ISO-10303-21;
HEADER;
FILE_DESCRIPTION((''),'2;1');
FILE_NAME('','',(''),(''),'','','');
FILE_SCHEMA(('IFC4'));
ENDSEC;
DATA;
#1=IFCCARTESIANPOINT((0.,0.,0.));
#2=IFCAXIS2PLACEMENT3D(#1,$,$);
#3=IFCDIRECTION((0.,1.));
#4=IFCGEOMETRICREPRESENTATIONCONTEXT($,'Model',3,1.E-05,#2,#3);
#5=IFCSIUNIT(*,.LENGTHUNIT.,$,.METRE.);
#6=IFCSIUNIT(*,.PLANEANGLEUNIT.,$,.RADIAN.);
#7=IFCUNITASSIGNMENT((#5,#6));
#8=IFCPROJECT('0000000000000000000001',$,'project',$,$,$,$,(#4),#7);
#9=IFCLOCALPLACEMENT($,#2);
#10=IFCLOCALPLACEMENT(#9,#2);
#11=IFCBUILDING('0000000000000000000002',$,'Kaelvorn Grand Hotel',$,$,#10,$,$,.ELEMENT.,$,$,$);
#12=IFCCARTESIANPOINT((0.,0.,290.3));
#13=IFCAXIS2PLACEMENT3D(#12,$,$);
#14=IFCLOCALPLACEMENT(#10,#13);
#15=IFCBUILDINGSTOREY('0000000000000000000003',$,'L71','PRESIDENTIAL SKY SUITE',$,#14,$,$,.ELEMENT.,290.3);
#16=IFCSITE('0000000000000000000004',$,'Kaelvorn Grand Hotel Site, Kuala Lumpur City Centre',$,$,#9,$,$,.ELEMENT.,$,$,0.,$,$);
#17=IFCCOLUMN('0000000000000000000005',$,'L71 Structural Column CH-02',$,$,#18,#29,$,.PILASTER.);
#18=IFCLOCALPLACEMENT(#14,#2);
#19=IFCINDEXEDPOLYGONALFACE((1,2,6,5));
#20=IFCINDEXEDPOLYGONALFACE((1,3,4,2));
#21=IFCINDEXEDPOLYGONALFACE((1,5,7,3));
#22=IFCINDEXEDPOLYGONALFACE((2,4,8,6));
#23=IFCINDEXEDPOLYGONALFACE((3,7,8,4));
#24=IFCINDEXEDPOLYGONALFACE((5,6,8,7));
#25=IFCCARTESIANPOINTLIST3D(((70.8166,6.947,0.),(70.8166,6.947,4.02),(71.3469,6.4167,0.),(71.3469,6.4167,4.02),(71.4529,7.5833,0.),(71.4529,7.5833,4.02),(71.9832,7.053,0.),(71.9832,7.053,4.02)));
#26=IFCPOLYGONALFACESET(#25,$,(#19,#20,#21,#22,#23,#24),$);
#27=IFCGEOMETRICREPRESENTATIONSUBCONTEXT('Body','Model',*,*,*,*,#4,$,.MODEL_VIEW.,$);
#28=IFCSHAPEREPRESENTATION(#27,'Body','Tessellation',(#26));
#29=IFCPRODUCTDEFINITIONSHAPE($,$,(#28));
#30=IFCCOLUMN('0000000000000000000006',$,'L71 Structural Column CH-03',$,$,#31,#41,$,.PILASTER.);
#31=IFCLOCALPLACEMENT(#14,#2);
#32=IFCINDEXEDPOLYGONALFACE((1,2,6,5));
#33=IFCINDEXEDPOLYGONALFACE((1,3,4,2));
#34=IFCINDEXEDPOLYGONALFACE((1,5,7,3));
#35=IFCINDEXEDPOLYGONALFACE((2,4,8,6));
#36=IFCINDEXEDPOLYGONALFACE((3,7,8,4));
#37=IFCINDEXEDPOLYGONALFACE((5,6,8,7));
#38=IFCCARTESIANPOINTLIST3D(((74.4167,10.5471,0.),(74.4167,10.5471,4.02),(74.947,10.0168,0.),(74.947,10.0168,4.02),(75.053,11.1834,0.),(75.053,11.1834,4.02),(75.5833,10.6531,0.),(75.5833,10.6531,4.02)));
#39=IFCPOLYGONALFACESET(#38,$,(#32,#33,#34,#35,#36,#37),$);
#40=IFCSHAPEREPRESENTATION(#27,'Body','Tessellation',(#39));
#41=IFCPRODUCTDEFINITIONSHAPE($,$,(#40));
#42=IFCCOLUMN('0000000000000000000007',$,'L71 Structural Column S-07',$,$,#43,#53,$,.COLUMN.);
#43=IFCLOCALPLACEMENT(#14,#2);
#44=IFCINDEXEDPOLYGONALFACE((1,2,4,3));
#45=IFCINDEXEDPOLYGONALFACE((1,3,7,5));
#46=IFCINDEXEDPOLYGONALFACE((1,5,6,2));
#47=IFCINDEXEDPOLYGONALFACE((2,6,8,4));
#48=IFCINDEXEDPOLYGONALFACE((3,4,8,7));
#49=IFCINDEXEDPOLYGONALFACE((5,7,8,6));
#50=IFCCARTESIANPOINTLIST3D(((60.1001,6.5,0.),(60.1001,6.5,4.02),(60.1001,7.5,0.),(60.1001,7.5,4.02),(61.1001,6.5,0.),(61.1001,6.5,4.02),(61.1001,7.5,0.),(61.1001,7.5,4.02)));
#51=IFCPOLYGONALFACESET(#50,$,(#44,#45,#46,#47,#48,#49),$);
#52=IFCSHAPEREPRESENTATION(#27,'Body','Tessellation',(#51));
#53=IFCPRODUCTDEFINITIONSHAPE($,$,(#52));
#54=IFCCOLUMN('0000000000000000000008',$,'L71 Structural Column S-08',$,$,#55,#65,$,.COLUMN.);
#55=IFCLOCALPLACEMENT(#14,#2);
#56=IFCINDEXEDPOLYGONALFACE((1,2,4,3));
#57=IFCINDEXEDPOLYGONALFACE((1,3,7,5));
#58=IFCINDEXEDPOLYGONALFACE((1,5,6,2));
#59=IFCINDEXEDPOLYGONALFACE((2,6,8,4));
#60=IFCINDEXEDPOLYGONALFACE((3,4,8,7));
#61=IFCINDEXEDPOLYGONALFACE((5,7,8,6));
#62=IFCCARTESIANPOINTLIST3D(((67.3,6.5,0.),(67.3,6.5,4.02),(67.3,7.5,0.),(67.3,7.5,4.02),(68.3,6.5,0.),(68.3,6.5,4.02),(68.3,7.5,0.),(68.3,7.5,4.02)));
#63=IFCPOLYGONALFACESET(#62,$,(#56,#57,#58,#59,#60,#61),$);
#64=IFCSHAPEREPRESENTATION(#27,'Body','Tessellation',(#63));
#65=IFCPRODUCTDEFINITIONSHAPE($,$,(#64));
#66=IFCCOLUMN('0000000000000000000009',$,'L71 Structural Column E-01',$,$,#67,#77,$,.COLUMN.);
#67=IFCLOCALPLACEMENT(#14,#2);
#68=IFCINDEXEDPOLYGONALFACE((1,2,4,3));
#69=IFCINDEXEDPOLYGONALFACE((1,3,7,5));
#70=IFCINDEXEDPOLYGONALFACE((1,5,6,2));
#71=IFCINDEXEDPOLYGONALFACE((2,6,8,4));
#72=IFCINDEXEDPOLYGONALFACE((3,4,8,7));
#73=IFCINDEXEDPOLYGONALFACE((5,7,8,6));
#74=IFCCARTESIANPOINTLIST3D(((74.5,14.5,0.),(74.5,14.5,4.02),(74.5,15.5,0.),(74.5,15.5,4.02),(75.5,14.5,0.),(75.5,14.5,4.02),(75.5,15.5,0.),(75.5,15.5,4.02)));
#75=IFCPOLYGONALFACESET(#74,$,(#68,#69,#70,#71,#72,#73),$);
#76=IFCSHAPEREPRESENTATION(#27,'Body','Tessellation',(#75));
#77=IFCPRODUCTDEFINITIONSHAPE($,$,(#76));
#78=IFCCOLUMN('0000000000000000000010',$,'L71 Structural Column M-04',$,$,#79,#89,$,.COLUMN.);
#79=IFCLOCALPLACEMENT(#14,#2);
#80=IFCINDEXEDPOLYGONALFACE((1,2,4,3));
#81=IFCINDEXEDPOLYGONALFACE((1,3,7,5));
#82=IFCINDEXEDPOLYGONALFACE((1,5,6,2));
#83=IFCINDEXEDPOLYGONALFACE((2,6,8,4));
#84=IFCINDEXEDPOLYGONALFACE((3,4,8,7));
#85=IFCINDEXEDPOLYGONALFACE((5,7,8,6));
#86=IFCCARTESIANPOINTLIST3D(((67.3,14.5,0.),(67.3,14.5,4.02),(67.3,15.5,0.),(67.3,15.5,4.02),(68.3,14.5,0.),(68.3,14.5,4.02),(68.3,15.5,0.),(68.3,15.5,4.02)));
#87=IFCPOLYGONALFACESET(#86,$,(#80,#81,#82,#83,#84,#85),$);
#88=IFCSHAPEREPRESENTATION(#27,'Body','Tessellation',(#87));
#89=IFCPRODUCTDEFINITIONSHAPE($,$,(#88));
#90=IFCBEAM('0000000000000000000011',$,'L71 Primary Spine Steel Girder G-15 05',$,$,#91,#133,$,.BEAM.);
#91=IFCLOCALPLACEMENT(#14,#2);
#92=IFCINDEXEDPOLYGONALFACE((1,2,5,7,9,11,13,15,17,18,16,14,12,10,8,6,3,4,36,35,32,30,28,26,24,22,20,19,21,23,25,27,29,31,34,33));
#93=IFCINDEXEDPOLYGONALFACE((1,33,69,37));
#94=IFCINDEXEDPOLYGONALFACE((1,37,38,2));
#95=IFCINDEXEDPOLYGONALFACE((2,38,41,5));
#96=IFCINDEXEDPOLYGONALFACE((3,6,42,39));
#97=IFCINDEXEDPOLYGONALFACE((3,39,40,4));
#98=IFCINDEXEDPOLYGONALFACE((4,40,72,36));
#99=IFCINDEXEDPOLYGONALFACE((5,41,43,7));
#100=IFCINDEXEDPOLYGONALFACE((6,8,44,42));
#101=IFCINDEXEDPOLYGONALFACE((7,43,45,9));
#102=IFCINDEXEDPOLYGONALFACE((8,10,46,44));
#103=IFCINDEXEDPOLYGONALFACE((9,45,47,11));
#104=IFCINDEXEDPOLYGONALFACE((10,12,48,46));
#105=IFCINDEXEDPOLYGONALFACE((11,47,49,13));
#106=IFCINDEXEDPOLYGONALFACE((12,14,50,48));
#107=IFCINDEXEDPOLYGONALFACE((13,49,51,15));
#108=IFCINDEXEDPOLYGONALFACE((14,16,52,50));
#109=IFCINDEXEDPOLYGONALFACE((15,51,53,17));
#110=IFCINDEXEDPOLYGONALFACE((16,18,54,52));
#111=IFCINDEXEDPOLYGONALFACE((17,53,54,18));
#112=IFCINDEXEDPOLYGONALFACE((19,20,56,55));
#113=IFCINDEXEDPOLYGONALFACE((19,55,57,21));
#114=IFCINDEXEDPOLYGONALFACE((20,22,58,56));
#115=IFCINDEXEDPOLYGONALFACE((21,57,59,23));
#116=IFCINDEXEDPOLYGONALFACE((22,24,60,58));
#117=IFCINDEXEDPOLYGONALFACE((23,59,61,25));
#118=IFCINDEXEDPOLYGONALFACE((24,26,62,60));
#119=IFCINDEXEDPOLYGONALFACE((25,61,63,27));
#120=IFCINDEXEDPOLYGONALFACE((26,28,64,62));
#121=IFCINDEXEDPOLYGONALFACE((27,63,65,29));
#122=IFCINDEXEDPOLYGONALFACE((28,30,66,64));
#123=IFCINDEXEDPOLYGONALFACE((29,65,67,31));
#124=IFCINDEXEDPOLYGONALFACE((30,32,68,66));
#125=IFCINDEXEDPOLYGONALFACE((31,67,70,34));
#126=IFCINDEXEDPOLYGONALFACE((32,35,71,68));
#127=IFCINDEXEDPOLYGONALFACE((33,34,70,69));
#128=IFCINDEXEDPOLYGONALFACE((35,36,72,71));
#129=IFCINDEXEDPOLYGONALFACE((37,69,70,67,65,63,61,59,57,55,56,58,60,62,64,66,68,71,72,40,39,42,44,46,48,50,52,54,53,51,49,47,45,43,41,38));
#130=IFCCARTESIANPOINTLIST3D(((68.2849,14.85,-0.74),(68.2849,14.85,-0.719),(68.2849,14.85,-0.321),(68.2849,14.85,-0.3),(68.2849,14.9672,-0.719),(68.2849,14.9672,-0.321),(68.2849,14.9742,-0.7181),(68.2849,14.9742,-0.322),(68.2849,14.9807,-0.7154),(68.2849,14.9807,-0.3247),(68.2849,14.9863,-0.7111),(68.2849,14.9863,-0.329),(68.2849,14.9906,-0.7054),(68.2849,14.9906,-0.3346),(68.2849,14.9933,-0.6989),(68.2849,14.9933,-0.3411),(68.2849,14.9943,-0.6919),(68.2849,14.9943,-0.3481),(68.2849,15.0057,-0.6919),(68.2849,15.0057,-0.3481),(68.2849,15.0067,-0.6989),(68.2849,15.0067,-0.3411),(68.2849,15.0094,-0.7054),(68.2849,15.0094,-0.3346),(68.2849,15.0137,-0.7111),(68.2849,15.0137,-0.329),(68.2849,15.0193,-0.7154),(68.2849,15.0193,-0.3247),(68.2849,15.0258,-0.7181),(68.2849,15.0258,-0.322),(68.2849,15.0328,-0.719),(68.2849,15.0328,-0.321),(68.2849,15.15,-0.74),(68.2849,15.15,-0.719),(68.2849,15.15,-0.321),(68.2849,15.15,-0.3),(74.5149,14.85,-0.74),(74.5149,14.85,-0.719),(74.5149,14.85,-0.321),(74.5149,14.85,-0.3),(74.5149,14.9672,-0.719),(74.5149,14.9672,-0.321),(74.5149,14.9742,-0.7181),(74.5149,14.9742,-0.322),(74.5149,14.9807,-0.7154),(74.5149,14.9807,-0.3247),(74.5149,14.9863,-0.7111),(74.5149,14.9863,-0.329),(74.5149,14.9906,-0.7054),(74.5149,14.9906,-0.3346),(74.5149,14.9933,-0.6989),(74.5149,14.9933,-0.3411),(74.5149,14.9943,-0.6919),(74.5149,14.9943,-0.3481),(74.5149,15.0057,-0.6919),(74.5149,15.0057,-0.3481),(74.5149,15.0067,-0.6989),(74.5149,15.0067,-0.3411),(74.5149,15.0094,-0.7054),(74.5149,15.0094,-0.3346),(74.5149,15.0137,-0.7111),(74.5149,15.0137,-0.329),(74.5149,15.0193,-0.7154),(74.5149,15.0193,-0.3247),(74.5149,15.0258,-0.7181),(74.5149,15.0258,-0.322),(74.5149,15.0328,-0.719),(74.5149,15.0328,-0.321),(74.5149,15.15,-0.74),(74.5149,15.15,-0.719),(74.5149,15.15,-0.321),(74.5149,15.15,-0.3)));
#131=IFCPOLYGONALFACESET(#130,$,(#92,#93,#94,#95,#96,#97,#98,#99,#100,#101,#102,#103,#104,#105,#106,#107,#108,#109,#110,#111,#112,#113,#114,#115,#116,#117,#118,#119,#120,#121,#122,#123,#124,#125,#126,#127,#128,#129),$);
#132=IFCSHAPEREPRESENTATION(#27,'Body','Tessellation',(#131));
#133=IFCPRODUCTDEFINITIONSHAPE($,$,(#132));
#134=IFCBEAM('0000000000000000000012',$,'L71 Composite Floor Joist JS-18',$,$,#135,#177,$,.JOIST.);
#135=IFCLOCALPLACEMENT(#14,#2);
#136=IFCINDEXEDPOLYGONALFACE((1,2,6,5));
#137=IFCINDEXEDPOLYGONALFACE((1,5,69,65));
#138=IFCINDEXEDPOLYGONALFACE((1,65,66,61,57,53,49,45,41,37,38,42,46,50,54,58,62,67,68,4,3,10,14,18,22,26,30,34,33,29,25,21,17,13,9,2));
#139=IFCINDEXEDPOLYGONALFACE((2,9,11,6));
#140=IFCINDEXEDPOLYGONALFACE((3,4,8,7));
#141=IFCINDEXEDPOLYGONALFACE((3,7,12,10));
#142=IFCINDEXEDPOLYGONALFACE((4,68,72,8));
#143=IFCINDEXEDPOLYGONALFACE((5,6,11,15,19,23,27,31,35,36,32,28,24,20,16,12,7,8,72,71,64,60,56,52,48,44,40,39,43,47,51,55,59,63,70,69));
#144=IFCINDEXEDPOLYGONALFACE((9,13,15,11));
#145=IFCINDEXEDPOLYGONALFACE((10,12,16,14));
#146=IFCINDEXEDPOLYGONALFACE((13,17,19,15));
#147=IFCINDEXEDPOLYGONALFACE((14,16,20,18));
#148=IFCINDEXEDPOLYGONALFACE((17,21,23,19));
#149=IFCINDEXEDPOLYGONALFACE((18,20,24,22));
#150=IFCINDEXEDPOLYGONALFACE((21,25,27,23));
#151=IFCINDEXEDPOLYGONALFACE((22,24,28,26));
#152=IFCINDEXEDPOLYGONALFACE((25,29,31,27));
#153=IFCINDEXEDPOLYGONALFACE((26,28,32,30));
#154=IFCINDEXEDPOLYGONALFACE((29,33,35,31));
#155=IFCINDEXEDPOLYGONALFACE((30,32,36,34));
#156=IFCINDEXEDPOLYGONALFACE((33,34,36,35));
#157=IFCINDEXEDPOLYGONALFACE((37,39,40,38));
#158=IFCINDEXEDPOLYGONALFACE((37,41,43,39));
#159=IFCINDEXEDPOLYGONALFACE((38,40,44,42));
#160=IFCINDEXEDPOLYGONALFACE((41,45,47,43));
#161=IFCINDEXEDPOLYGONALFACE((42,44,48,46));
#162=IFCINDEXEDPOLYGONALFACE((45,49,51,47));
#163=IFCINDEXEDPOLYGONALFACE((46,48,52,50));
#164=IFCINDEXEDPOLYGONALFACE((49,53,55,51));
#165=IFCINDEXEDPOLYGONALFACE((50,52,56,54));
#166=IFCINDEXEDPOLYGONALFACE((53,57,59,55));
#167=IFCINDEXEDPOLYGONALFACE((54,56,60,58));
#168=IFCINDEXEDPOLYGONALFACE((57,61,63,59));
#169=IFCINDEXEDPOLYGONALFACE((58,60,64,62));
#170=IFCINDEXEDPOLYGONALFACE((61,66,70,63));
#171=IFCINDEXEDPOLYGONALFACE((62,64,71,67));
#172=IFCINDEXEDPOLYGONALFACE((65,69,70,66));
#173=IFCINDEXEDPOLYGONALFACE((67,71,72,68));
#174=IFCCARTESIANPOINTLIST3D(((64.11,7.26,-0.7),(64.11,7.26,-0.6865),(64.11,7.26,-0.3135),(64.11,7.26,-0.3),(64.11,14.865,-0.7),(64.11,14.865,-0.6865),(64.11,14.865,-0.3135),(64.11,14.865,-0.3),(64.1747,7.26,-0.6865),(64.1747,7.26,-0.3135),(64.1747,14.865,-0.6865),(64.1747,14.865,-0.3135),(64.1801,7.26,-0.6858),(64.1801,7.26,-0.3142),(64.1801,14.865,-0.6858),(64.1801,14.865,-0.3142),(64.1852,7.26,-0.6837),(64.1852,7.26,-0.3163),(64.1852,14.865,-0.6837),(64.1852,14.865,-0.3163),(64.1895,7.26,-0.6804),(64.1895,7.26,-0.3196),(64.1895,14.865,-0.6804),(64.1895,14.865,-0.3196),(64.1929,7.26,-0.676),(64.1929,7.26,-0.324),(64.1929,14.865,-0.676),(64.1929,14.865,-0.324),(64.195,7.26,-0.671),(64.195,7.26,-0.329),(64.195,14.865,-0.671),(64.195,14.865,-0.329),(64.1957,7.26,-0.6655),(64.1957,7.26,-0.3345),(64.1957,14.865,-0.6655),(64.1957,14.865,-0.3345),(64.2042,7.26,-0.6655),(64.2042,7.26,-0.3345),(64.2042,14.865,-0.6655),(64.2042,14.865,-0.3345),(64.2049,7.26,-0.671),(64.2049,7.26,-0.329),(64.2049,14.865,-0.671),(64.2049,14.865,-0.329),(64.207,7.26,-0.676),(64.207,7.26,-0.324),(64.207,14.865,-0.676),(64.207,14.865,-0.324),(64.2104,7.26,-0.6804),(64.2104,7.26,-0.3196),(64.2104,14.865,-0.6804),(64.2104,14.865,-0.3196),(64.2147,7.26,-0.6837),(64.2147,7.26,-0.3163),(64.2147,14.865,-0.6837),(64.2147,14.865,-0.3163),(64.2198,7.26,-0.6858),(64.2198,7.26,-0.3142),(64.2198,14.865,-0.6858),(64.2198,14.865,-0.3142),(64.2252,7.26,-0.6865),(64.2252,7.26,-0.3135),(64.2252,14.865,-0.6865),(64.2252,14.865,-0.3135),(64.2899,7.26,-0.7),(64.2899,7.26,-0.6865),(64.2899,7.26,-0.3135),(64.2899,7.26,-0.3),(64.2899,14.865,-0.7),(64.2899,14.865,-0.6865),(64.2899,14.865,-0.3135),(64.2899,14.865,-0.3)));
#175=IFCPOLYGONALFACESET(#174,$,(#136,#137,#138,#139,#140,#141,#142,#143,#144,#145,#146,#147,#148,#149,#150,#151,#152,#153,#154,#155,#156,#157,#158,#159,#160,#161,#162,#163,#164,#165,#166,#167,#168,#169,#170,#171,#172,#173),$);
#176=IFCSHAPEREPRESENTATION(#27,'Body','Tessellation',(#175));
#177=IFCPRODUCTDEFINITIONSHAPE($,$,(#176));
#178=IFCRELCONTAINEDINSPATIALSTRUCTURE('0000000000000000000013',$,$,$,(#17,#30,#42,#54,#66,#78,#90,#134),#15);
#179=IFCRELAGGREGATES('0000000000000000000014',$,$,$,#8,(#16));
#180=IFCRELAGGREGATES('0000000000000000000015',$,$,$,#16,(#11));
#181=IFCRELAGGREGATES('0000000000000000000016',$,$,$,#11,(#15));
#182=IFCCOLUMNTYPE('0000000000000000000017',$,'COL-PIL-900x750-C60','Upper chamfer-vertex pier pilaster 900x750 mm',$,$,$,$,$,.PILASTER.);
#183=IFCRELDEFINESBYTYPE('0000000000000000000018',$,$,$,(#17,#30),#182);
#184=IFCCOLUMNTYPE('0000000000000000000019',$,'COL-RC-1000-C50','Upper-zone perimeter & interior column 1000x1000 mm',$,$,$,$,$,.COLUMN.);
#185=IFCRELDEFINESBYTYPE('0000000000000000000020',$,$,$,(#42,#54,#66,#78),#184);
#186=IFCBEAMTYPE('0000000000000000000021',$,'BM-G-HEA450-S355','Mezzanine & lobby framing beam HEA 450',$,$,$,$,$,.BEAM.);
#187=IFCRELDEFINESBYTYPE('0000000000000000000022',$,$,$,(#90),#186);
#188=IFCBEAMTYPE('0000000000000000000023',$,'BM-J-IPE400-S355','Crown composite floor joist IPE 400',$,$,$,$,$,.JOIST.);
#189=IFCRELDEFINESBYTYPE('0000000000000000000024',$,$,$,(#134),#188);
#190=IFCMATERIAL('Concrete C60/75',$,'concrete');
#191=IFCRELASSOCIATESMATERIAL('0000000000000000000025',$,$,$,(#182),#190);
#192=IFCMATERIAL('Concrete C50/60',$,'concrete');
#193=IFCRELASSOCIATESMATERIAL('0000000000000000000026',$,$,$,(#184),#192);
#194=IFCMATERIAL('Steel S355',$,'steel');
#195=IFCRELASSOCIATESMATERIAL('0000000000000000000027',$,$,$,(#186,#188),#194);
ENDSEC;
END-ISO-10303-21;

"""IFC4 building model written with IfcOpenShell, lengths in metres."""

from ifc_helpers import new_model, si_unit, direction, frame, origin, origin_2d, place, context, subcontext, project, spatial, rectangle, i_section, extrude, material, material_profile, profile_set, type_object, element, save


model = new_model("IFC4")

# Units and contexts
model_context = context("Model", 3, precision=1e-05, world=origin(), true_north=direction((0.0, 1.0)))
body_context = subcontext(model_context, "Body", "Model", "MODEL_VIEW")
ifc_project = project(units=[si_unit("LENGTHUNIT", "METRE"), si_unit("PLANEANGLEUNIT", "RADIAN")], contexts=[model_context])

# Site, building, storey
site_placement = place(None, origin())
site = spatial("IfcSite", under=ifc_project, at=site_placement, Name="Kaelvorn Grand Hotel Site, Kuala Lumpur City Centre", CompositionType="ELEMENT", RefElevation=0.0)
building_placement = place(site_placement, origin())
building = spatial("IfcBuilding", under=site, at=building_placement, Name="Kaelvorn Grand Hotel", CompositionType="ELEMENT")
storey_placement = place(building_placement, frame((0.0, 0.0, 290.3)))
storey = spatial("IfcBuildingStorey", under=building, at=storey_placement, Name="L71", Description="PRESIDENTIAL SKY SUITE", CompositionType="ELEMENT", Elevation=290.3)

# Columns
ifc_material_1 = material(Name="Concrete C60/75", Category="concrete")
ifc_material_profile_1 = material_profile(ifc_material_1, rectangle(XDim=0.8999, YDim=0.75, at=origin_2d()), Name="RC PILASTER 900x750")
ifc_profile_set_1 = profile_set([ifc_material_profile_1], Name="Concrete C60/75")
column_type_1 = type_object("IfcColumnType", Name="COL-PIL-900x750-C60", Description="Upper chamfer-vertex pier pilaster 900x750 mm", PredefinedType="PILASTER", material=ifc_profile_set_1)
for number, where, z_axis, x_axis, name in (
    (1, (71.3999, 7.0, 0.0), (0.0, 0.0, 1.0), (0.707107, 0.707107, 0.0), "L71 Structural Column CH-02"),
    (2, (75.0, 10.6001, 0.0), (0.0, 0.0, 1.0), (0.707107, 0.707107, 0.0), "L71 Structural Column CH-03"),
):
    element("IfcColumn", number, at=place(storey_placement, frame(where, z_axis=z_axis, x_axis=x_axis)), inside=storey, type_object=column_type_1, Name=name, PredefinedType="PILASTER", context=body_context, shape_type="SweptSolid", body=[
        extrude(rectangle(XDim=0.8999, YDim=0.75, at=origin_2d()), origin(), (0.0, 0.0, 1.0), 4.02),
    ])
ifc_material_2 = material(Name="Concrete C50/60", Category="concrete")
ifc_material_profile_2 = material_profile(ifc_material_2, rectangle(XDim=1.0, YDim=1.0, at=origin_2d()), Name="RC COL 1000x1000")
ifc_profile_set_2 = profile_set([ifc_material_profile_2], Name="Concrete C50/60")
column_type_2 = type_object("IfcColumnType", Name="COL-RC-1000-C50", Description="Upper-zone perimeter & interior column 1000x1000 mm", PredefinedType="COLUMN", material=ifc_profile_set_2)
for number, where, z_axis, x_axis, name in (
    (3, (60.6001, 7.0, 0.0), (0.0, 0.0, 1.0), (1.0, 0.0, 0.0), "L71 Structural Column S-07"),
    (4, (67.8, 7.0, 0.0), (0.0, 0.0, 1.0), (1.0, 0.0, 0.0), "L71 Structural Column S-08"),
    (5, (75.0, 15.0, 0.0), (0.0, 0.0, 1.0), (1.0, 0.0, 0.0), "L71 Structural Column E-01"),
    (6, (67.8, 15.0, 0.0), (0.0, 0.0, 1.0), (1.0, 0.0, 0.0), "L71 Structural Column M-04"),
):
    element("IfcColumn", number, at=place(storey_placement, frame(where, z_axis=z_axis, x_axis=x_axis)), inside=storey, type_object=column_type_2, Name=name, PredefinedType="COLUMN", context=body_context, shape_type="SweptSolid", body=[
        extrude(rectangle(XDim=1.0, YDim=1.0, at=origin_2d()), origin(), (0.0, 0.0, 1.0), 4.02),
    ])

# Beams
ifc_material_3 = material(Name="Steel S355", Category="steel")
ifc_material_profile_3 = material_profile(ifc_material_3, i_section(OverallWidth=0.3, OverallDepth=0.4399, WebThickness=0.0115, FlangeThickness=0.021, FilletRadius=0.0271, at=origin_2d()), Name="HEA 450")
ifc_profile_set_3 = profile_set([ifc_material_profile_3], Name="Steel S355")
beam_type_1 = type_object("IfcBeamType", Name="BM-G-HEA450-S355", Description="Mezzanine & lobby framing beam HEA 450", PredefinedType="BEAM", material=ifc_profile_set_3)
beam_1_placement = place(storey_placement, frame((68.2849, 15.0, -0.52), z_axis=(1.0, 0.0, 0.0), x_axis=(0.0, 1.0, 0.0)))
element("IfcBeam", 7, at=beam_1_placement, inside=storey, type_object=beam_type_1, Name="L71 Primary Spine Steel Girder G-15 05", PredefinedType="BEAM", context=body_context, shape_type="SweptSolid", body=[
    extrude(i_section(OverallWidth=0.3, OverallDepth=0.4399, WebThickness=0.0115, FlangeThickness=0.021, FilletRadius=0.0271, at=origin_2d()), origin(), (0.0, 0.0, 1.0), 6.23),
])
ifc_material_profile_4 = material_profile(ifc_material_3, i_section(OverallWidth=0.1799, OverallDepth=0.3999, WebThickness=0.0085, FlangeThickness=0.0134, FilletRadius=0.021, at=origin_2d()), Name="IPE 400")
ifc_profile_set_4 = profile_set([ifc_material_profile_4], Name="Steel S355")
beam_type_2 = type_object("IfcBeamType", Name="BM-J-IPE400-S355", Description="Crown composite floor joist IPE 400", PredefinedType="JOIST", material=ifc_profile_set_4)
beam_2_placement = place(storey_placement, frame((64.2, 7.26, -0.5), z_axis=(0.0, 1.0, 0.0), x_axis=(-1.0, 0.0, 0.0)))
element("IfcBeam", 8, at=beam_2_placement, inside=storey, type_object=beam_type_2, Name="L71 Composite Floor Joist JS-18", PredefinedType="JOIST", context=body_context, shape_type="SweptSolid", body=[
    extrude(i_section(OverallWidth=0.1799, OverallDepth=0.3999, WebThickness=0.0085, FlangeThickness=0.0134, FilletRadius=0.021, at=origin_2d()), origin(), (0.0, 0.0, 1.0), 7.605),
])

save(model, "model.ifc")
